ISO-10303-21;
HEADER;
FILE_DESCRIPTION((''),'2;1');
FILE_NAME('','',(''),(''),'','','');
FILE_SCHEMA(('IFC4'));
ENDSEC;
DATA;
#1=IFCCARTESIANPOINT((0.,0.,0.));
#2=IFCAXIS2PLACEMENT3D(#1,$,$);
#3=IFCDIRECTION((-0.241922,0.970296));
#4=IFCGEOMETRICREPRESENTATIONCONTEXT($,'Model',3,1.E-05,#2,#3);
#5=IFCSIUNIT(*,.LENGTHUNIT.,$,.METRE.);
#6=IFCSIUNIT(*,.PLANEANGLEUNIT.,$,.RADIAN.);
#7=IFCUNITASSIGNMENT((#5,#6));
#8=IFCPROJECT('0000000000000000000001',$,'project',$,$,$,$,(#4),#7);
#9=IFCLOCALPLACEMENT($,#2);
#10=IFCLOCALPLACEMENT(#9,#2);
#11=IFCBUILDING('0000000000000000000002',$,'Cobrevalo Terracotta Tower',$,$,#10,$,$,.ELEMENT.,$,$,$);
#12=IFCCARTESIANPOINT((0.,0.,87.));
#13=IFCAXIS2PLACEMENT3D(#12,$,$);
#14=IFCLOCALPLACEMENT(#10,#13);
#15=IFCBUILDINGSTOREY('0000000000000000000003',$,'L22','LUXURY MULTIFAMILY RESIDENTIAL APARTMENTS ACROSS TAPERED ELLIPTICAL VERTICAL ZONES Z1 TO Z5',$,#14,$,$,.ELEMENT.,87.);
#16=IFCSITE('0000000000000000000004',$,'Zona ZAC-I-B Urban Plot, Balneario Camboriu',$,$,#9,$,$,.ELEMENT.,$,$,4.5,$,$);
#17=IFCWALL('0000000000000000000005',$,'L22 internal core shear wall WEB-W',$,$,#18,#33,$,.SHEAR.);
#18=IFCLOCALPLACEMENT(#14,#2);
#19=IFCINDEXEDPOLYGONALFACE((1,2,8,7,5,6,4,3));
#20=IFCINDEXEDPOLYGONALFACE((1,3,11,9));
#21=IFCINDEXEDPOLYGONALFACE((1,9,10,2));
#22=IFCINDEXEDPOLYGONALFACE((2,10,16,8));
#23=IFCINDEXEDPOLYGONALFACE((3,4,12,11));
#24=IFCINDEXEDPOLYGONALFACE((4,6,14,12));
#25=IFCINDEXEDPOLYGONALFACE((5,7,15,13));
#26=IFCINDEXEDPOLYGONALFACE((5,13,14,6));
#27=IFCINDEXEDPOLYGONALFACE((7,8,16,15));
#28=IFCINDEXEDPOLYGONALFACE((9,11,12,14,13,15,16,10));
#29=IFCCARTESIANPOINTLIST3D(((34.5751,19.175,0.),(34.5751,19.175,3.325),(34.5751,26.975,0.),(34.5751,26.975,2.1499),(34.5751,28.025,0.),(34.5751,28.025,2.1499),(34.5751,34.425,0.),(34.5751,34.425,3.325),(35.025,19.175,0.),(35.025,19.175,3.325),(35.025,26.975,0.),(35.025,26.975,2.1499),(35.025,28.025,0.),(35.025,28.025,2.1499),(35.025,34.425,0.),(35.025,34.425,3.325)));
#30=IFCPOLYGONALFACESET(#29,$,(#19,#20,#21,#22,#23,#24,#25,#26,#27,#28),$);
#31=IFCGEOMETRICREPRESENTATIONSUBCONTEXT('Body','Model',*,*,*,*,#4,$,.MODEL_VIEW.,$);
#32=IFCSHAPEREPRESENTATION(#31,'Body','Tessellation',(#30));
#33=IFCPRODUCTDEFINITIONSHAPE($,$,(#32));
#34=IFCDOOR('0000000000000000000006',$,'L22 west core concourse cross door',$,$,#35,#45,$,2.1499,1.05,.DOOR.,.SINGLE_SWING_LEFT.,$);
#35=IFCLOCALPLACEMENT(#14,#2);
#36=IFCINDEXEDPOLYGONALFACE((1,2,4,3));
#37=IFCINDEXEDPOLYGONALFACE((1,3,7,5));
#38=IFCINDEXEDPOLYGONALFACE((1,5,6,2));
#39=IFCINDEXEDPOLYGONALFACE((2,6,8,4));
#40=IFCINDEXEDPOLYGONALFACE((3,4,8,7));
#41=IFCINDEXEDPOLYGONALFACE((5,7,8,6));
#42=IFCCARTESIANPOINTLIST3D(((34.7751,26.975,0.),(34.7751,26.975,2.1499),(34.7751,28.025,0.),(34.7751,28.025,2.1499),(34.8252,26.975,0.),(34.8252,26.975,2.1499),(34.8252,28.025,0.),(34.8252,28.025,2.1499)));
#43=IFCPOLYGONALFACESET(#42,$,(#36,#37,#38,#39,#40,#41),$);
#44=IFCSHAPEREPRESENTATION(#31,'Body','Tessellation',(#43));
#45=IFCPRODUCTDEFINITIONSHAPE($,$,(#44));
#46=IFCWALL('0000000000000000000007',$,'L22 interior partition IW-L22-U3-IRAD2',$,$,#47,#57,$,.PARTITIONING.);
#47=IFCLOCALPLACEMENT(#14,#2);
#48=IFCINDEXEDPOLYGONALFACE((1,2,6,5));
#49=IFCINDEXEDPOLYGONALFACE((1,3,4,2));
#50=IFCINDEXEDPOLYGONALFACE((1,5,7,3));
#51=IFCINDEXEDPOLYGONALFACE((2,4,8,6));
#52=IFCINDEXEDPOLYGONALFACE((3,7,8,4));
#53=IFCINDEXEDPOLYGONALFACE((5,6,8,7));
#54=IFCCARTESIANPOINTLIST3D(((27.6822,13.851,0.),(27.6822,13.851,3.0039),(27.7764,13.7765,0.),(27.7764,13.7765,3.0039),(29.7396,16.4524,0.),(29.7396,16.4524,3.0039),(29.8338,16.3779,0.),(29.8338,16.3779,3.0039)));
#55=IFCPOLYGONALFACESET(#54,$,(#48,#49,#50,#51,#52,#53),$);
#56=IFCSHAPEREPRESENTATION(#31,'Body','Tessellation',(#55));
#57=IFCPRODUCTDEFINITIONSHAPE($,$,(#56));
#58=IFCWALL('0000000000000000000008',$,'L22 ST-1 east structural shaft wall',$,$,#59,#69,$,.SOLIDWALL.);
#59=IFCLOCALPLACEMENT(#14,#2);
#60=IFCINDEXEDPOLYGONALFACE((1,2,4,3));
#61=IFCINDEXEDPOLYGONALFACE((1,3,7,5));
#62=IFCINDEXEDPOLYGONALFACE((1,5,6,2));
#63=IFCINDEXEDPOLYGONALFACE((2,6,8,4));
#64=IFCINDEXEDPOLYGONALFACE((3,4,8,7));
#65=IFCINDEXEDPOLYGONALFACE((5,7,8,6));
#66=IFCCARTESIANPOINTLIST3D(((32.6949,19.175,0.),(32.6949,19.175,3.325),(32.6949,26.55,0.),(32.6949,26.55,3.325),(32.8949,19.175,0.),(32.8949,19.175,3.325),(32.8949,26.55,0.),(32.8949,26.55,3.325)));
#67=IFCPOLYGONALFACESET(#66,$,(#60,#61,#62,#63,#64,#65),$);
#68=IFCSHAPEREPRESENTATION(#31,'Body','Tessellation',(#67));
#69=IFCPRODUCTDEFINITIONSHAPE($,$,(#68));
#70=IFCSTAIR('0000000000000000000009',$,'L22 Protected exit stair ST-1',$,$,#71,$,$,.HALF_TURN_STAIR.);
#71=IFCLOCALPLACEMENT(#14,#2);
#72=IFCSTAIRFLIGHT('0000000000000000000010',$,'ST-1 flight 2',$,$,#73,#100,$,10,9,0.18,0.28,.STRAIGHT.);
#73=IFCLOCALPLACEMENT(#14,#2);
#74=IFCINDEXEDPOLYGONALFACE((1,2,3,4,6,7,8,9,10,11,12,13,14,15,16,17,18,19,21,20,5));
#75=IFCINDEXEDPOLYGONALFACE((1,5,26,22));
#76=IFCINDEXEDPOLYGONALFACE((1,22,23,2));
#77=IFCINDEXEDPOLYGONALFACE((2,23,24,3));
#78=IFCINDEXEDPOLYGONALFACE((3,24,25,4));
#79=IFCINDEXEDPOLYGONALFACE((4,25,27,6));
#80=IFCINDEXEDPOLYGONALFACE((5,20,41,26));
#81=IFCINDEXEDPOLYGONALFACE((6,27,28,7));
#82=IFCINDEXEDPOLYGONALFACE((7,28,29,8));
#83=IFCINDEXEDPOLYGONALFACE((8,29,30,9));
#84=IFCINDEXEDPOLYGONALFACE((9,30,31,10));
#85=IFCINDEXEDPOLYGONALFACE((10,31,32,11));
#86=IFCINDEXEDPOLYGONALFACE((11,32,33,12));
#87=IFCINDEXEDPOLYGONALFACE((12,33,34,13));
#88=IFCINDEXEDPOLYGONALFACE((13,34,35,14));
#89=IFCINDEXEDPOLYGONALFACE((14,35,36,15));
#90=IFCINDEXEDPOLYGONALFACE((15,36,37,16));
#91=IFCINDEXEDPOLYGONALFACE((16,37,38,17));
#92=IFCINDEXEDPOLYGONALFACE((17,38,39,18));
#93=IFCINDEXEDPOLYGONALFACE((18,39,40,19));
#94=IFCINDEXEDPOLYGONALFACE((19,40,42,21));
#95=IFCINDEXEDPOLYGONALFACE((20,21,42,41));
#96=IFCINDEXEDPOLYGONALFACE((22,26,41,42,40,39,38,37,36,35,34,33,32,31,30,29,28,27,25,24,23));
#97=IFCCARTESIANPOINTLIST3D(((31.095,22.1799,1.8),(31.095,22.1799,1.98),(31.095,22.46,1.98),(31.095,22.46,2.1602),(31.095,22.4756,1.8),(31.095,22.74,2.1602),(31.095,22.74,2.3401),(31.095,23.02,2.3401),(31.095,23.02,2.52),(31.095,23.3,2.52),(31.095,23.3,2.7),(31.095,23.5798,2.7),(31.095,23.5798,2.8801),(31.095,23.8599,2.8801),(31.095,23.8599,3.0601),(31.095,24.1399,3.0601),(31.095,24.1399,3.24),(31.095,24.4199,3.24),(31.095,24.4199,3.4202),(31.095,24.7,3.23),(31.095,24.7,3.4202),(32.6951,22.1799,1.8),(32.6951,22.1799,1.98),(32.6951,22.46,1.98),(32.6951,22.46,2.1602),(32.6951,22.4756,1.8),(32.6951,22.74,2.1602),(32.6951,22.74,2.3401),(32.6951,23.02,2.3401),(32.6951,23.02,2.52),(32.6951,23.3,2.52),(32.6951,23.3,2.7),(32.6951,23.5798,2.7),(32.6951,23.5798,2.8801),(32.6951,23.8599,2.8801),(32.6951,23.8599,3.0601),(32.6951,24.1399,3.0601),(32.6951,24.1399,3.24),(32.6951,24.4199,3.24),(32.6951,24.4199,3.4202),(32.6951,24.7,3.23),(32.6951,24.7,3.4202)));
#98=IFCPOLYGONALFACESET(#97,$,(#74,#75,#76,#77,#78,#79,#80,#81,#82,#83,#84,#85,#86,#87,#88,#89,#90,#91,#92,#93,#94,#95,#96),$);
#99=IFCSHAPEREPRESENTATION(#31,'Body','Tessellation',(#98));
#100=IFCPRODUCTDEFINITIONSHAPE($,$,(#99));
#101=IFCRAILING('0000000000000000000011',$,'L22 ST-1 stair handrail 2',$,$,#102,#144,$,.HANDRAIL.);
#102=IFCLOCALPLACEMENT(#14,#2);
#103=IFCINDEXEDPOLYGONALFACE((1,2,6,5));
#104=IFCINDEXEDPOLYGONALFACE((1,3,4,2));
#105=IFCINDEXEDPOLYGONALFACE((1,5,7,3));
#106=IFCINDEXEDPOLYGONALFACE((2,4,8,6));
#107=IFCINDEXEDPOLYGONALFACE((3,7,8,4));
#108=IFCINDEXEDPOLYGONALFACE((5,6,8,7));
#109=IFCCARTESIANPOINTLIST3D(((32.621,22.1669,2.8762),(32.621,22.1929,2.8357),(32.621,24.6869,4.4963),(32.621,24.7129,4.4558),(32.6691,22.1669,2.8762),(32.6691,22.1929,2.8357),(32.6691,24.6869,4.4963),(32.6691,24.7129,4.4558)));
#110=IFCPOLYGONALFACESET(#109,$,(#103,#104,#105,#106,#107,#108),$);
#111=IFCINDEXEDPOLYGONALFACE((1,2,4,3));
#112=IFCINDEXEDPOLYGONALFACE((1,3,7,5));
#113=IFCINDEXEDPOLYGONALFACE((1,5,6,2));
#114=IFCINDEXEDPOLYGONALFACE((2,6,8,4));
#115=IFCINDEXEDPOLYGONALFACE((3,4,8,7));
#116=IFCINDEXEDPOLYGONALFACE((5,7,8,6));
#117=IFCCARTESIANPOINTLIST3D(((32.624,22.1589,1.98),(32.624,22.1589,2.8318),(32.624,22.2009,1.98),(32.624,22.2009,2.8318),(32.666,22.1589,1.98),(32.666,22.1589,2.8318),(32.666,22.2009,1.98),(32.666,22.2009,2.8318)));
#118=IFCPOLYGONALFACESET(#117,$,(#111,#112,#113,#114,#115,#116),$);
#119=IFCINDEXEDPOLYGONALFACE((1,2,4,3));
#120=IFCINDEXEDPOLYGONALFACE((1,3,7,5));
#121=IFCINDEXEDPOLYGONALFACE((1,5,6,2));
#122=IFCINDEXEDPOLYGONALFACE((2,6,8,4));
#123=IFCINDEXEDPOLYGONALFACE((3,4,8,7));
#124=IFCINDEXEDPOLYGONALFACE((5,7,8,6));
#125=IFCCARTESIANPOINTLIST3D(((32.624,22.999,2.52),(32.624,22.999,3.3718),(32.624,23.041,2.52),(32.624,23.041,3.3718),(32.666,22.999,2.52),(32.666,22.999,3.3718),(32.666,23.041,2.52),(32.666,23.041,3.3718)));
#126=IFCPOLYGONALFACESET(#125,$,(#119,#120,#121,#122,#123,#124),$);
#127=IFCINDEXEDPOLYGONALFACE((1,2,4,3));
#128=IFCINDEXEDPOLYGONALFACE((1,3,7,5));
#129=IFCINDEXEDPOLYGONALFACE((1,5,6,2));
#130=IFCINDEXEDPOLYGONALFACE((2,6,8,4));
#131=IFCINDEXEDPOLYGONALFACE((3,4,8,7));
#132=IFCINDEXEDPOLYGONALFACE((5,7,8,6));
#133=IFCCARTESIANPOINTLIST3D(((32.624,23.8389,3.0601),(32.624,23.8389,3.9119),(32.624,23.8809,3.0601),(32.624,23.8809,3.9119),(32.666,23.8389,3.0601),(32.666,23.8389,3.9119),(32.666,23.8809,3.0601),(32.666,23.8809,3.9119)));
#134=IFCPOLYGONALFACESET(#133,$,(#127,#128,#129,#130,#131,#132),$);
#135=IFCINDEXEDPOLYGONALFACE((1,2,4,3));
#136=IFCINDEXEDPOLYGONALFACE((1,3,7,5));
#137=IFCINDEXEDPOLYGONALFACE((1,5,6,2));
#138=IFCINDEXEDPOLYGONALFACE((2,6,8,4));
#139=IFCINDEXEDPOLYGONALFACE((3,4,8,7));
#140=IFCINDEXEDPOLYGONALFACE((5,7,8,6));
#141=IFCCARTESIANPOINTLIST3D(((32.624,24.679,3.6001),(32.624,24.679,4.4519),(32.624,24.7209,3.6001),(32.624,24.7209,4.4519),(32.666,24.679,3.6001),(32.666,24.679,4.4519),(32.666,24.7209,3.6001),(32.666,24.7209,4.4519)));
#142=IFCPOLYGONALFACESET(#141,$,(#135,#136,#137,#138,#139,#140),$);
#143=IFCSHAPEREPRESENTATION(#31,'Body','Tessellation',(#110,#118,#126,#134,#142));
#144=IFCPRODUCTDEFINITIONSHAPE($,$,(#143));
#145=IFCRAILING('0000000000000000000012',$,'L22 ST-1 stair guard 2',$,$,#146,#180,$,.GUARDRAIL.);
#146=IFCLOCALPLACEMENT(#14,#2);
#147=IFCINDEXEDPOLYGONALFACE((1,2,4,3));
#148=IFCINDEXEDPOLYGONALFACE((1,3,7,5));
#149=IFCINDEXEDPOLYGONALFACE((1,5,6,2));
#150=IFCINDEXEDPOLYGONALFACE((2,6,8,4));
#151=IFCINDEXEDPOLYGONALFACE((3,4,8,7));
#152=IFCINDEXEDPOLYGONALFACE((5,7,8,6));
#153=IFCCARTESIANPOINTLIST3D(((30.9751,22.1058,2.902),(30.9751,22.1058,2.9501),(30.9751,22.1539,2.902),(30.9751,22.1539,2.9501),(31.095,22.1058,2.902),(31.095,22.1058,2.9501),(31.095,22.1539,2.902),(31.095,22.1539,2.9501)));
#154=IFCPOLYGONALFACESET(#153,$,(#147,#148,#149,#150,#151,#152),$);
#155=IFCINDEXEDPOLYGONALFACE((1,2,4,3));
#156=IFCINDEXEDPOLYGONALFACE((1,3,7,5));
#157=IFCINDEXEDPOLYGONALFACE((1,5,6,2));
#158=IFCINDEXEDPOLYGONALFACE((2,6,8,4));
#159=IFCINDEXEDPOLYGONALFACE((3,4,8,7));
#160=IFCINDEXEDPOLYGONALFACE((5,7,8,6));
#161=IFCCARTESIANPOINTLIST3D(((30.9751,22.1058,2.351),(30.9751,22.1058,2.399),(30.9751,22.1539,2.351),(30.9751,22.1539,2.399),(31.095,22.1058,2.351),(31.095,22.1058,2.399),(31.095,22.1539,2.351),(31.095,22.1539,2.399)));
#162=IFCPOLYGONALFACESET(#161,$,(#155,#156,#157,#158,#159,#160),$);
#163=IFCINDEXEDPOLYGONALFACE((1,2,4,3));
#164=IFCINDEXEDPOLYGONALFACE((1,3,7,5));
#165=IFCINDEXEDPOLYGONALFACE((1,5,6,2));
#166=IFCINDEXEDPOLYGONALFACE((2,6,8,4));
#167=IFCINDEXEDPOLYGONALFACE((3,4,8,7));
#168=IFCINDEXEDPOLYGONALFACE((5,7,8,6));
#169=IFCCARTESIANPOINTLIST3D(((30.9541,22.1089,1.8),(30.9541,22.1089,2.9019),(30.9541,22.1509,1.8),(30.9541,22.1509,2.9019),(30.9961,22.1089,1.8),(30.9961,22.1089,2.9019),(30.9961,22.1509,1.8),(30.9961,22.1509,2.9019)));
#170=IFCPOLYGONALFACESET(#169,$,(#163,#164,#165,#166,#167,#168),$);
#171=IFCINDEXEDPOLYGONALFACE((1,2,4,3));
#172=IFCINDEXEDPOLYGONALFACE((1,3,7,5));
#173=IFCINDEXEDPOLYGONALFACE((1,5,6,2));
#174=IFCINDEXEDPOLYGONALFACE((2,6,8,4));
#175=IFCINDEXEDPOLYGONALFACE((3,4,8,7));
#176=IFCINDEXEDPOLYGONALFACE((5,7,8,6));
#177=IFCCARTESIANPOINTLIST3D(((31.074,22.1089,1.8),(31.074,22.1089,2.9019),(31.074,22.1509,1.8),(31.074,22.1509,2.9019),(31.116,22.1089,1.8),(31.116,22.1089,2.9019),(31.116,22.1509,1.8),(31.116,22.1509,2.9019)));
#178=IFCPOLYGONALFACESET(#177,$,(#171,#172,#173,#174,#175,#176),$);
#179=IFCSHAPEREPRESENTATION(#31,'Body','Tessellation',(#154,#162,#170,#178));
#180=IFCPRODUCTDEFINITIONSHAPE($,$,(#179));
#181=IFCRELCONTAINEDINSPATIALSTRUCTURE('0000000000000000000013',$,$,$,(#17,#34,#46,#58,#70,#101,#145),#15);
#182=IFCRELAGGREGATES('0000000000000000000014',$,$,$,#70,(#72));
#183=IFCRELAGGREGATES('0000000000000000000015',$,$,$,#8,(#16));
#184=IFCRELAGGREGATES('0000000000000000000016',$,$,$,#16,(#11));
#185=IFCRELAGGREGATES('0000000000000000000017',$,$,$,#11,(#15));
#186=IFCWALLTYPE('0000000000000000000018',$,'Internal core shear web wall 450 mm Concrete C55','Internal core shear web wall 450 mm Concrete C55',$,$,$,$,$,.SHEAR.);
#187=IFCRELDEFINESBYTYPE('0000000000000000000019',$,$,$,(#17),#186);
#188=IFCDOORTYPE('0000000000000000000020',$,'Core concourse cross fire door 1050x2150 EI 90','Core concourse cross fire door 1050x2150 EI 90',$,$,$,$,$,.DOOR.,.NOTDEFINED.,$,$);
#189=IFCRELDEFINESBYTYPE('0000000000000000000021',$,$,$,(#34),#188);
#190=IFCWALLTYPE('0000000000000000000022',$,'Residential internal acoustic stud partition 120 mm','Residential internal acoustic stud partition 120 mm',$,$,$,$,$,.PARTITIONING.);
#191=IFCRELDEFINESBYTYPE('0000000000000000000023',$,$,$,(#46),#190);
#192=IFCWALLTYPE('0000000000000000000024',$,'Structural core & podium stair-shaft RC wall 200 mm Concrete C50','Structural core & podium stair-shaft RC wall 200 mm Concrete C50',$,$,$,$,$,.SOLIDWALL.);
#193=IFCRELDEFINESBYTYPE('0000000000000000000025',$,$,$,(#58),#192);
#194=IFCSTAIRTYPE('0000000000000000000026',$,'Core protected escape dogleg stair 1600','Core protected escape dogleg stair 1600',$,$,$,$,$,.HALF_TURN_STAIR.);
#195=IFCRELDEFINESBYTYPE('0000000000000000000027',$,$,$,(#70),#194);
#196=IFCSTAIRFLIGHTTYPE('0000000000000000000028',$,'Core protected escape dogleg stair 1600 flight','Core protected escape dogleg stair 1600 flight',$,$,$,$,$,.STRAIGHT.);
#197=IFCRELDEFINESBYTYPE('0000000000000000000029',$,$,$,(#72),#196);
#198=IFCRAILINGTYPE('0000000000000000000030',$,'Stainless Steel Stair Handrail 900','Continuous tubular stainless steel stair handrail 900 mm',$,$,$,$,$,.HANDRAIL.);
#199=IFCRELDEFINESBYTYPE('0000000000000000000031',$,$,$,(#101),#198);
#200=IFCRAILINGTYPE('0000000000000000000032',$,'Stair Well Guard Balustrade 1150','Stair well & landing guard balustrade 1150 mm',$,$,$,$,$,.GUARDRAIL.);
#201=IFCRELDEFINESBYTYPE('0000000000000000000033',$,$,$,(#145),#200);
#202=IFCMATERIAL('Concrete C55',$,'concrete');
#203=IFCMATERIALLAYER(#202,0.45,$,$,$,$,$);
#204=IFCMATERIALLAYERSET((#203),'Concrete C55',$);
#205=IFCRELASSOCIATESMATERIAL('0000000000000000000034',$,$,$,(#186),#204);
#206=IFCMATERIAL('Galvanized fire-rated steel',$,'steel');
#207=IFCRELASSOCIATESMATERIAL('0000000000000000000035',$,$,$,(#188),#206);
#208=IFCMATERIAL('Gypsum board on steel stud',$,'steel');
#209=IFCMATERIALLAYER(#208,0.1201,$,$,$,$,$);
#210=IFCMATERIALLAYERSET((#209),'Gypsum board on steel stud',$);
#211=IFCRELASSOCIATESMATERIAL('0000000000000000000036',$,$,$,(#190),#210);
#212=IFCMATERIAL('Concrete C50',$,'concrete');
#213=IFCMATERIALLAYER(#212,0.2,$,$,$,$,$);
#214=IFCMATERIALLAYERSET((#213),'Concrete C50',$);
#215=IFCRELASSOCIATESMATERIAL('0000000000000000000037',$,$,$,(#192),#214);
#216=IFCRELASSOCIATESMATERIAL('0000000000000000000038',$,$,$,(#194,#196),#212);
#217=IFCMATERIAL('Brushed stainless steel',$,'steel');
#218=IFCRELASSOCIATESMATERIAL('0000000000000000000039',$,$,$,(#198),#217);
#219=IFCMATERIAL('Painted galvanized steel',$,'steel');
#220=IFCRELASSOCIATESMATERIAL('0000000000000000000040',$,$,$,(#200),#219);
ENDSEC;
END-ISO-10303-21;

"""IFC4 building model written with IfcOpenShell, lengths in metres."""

from ifc_helpers import new_model, si_unit, direction, frame, frame_2d, origin, origin_2d, place, context, subcontext, project, spatial, polyline, rectangle, outline, extrude, source, transform, mapped, material, layer, layer_set, type_object, element, fill, aggregate, save


model = new_model("IFC4")

# Units and contexts
model_context = context("Model", 3, precision=1e-05, world=origin(), true_north=direction((-0.241922, 0.970296)))
body_context = subcontext(model_context, "Body", "Model", "MODEL_VIEW")
ifc_project = project(units=[si_unit("LENGTHUNIT", "METRE"), si_unit("PLANEANGLEUNIT", "RADIAN")], contexts=[model_context])

# Site, building, storey
site_placement = place(None, origin())
site = spatial("IfcSite", under=ifc_project, at=site_placement, Name="Zona ZAC-I-B Urban Plot, Balneario Camboriu", CompositionType="ELEMENT", RefElevation=4.5)
building_placement = place(site_placement, origin())
building = spatial("IfcBuilding", under=site, at=building_placement, Name="Cobrevalo Terracotta Tower", CompositionType="ELEMENT")
storey_placement = place(building_placement, frame((0.0, 0.0, 87.0)))
storey = spatial("IfcBuildingStorey", under=building, at=storey_placement, Name="L22", Description="LUXURY MULTIFAMILY RESIDENTIAL APARTMENTS ACROSS TAPERED ELLIPTICAL VERTICAL ZONES Z1 TO Z5", CompositionType="ELEMENT", Elevation=87.0)

# Shared definitions
ifc_material_1 = material(Name="Concrete C55", Category="concrete")

# Shared definitions
ifc_material_2 = material(Name="Galvanized fire-rated steel", Category="steel")

# Shared definitions
ifc_material_3 = material(Name="Gypsum board on steel stud", Category="steel")

# Wall, opening, door
ifc_layer_1 = layer(ifc_material_1, 0.45)
ifc_layer_set_1 = layer_set([ifc_layer_1], Name="Concrete C55")
wall_type_1 = type_object("IfcWallType", Name="Internal core shear web wall 450 mm Concrete C55", Description="Internal core shear web wall 450 mm Concrete C55", PredefinedType="SHEAR", material=ifc_layer_set_1)
wall_1_placement = place(storey_placement, frame((34.8, 19.175, 0.0), z_axis=(0.0, 0.0, 1.0), x_axis=(0.0, 1.0, 0.0)))
wall_1 = element("IfcWall", 1, at=wall_1_placement, inside=storey, type_object=wall_type_1, Name="L22 internal core shear wall WEB-W", PredefinedType="SHEAR", context=body_context, shape_type="SweptSolid", body=[
    extrude(rectangle(XDim=15.25, YDim=0.45, at=frame_2d((7.625, 0.0))), origin(), (0.0, 0.0, 1.0), 3.325),
])
opening_1_placement = place(wall_1_placement, frame((7.8, 0.0, 0.0)))
opening_1 = element("IfcOpeningElement", 2, at=opening_1_placement, cuts=wall_1, PredefinedType="OPENING", context=body_context, shape_type="SweptSolid", body=[
    extrude(rectangle(XDim=1.05, YDim=2.1499, at=frame_2d((0.5249, 1.075))), frame((0.0, 0.2349, 0.0), z_axis=(0.0, -1.0, 0.0), x_axis=(1.0, 0.0, 0.0)), (0.0, 0.0, 1.0), 0.47),
])
door_type_1 = type_object("IfcDoorType", Name="Core concourse cross fire door 1050x2150 EI 90", Description="Core concourse cross fire door 1050x2150 EI 90", OperationType="NOTDEFINED", PredefinedType="DOOR", material=ifc_material_2)
shared_shape_1 = source(origin(), body_context, "Body", "SweptSolid", [
    extrude(rectangle(XDim=1.05, YDim=2.1499, at=frame_2d((0.5249, 1.075))), frame((0.0, 0.0249, 0.0), z_axis=(0.0, -1.0, 0.0), x_axis=(1.0, 0.0, 0.0)), (0.0, 0.0, 1.0), 0.05),
])
door_1_placement = place(opening_1_placement, origin())
door_1 = element("IfcDoor", 3, at=door_1_placement, inside=storey, type_object=door_type_1, Name="L22 west core concourse cross door", OperationType="SINGLE_SWING_LEFT", OverallHeight=2.1499, OverallWidth=1.05, PredefinedType="DOOR", context=body_context, shape_type="MappedRepresentation", body=[
    mapped(shared_shape_1, transform((0.0, 0.0, 0.0), scale=1.0)),
])
fill(opening_1, door_1)
ifc_layer_2 = layer(ifc_material_3, 0.1201)
ifc_layer_set_2 = layer_set([ifc_layer_2], Name="Gypsum board on steel stud")
wall_type_2 = type_object("IfcWallType", Name="Residential internal acoustic stud partition 120 mm", Description="Residential internal acoustic stud partition 120 mm", PredefinedType="PARTITIONING", material=ifc_layer_set_2)

# Wall
wall_2_placement = place(storey_placement, frame((29.7866, 16.415, 0.0), z_axis=(0.0, 0.0, 1.0), x_axis=(-0.620331, -0.78434, 0.0)))
element("IfcWall", 4, at=wall_2_placement, inside=storey, type_object=wall_type_2, Name="L22 interior partition IW-L22-U3-IRAD2", PredefinedType="PARTITIONING", context=body_context, shape_type="SweptSolid", body=[
    extrude(rectangle(XDim=3.3167, YDim=0.1201, at=frame_2d((1.6582, 0.0))), origin(), (0.0, 0.0, 1.0), 3.0039),
])

# Wall
ifc_material_4 = material(Name="Concrete C50", Category="concrete")
ifc_layer_3 = layer(ifc_material_4, 0.2)
ifc_layer_set_3 = layer_set([ifc_layer_3], Name="Concrete C50")
wall_type_3 = type_object("IfcWallType", Name="Structural core & podium stair-shaft RC wall 200 mm Concrete C50", Description="Structural core & podium stair-shaft RC wall 200 mm Concrete C50", PredefinedType="SOLIDWALL", material=ifc_layer_set_3)
wall_3_placement = place(storey_placement, frame((32.7949, 19.175, 0.0), z_axis=(0.0, 0.0, 1.0), x_axis=(0.0, 1.0, 0.0)))
element("IfcWall", 5, at=wall_3_placement, inside=storey, type_object=wall_type_3, Name="L22 ST-1 east structural shaft wall", PredefinedType="SOLIDWALL", context=body_context, shape_type="SweptSolid", body=[
    extrude(rectangle(XDim=7.375, YDim=0.2, at=frame_2d((3.6875, 0.0))), origin(), (0.0, 0.0, 1.0), 3.325),
])

# Stair, stair flight
stair_type = type_object("IfcStairType", Name="Core protected escape dogleg stair 1600", Description="Core protected escape dogleg stair 1600", PredefinedType="HALF_TURN_STAIR", material=ifc_material_4)
stair_placement = place(storey_placement, origin())
stair = element("IfcStair", 6, at=stair_placement, inside=storey, type_object=stair_type, Name="L22 Protected exit stair ST-1", PredefinedType="HALF_TURN_STAIR")
stair_flight_type = type_object("IfcStairFlightType", Name="Core protected escape dogleg stair 1600 flight", Description="Core protected escape dogleg stair 1600 flight", PredefinedType="STRAIGHT", material=ifc_material_4)
stair_flight_placement = place(storey_placement, frame((31.895, 22.1799, 1.8), z_axis=(0.0, 0.0, 1.0), x_axis=(0.0, 1.0, 0.0)))
stair_flight = element("IfcStairFlight", 7, at=stair_flight_placement, type_object=stair_flight_type, Name="ST-1 flight 2", NumberOfRisers=10, NumberOfTreads=9, PredefinedType="STRAIGHT", RiserHeight=0.18, TreadLength=0.28, context=body_context, shape_type="SweptSolid", body=[
    extrude(outline(polyline([(0.0, 0.0), (0.0, 0.1799), (0.28, 0.1799), (0.28, 0.3601), (0.5601, 0.3601), (0.5601, 0.54), (0.8401, 0.54), (0.8401, 0.72), (1.1201, 0.72), (1.1201, 0.8999), (1.3999, 0.8999), (1.3999, 1.0801), (1.6799, 1.0801), (1.6799, 1.26), (1.96, 1.26), (1.96, 1.4399), (2.24, 1.4399), (2.24, 1.6201), (2.52, 1.6201), (2.52, 1.8), (2.52, 1.4299), (0.2957, 0.0), (0.0, 0.0)])), frame((0.0, 0.8, 0.0), z_axis=(0.0, -1.0, 0.0), x_axis=(1.0, 0.0, 0.0)), (0.0, 0.0, 1.0), 1.6001),
])
aggregate(stair, [stair_flight])

# Railings
ifc_material_5 = material(Name="Brushed stainless steel", Category="steel")
railing_type_1 = type_object("IfcRailingType", Name="Stainless Steel Stair Handrail 900", Description="Continuous tubular stainless steel stair handrail 900 mm", PredefinedType="HANDRAIL", material=ifc_material_5)
railing_1_placement = place(storey_placement, frame((32.645, 22.1799, 1.98)))
element("IfcRailing", 8, at=railing_1_placement, inside=storey, type_object=railing_type_1, Name="L22 ST-1 stair handrail 2", PredefinedType="HANDRAIL", context=body_context, shape_type="SweptSolid", body=[
    extrude(rectangle(XDim=0.0481, YDim=0.0481, at=origin_2d()), frame((0.0, 0.0, 0.876), z_axis=(0.0, 0.841163, 0.540782), x_axis=(-1.0, 0.0, 0.0)), (0.0, 0.0, 1.0), 2.9958),
    extrude(rectangle(XDim=0.042, YDim=0.042, at=origin_2d()), origin(), (0.0, 0.0, 1.0), 0.8518),
    extrude(rectangle(XDim=0.042, YDim=0.042, at=origin_2d()), frame((0.0, 0.8401, 0.54)), (0.0, 0.0, 1.0), 0.8518),
    extrude(rectangle(XDim=0.042, YDim=0.042, at=origin_2d()), frame((0.0, 1.6799, 1.0801)), (0.0, 0.0, 1.0), 0.8518),
    extrude(rectangle(XDim=0.042, YDim=0.042, at=origin_2d()), frame((0.0, 2.52, 1.6201)), (0.0, 0.0, 1.0), 0.8518),
])
ifc_material_6 = material(Name="Painted galvanized steel", Category="steel")
railing_type_2 = type_object("IfcRailingType", Name="Stair Well Guard Balustrade 1150", Description="Stair well & landing guard balustrade 1150 mm", PredefinedType="GUARDRAIL", material=ifc_material_6)
railing_2_placement = place(storey_placement, frame((30.9751, 22.1299, 1.8)))
element("IfcRailing", 9, at=railing_2_placement, inside=storey, type_object=railing_type_2, Name="L22 ST-1 stair guard 2", PredefinedType="GUARDRAIL", context=body_context, shape_type="SweptSolid", body=[
    extrude(rectangle(XDim=0.0481, YDim=0.0481, at=origin_2d()), frame((0.0, 0.0, 1.126), z_axis=(1.0, 0.0, 0.0), x_axis=(0.0, 1.0, 0.0)), (0.0, 0.0, 1.0), 0.1199),
    extrude(rectangle(XDim=0.0481, YDim=0.0481, at=origin_2d()), frame((0.0, 0.0, 0.575), z_axis=(1.0, 0.0, 0.0), x_axis=(0.0, 1.0, 0.0)), (0.0, 0.0, 1.0), 0.1199),
    extrude(rectangle(XDim=0.042, YDim=0.042, at=origin_2d()), origin(), (0.0, 0.0, 1.0), 1.1018),
    extrude(rectangle(XDim=0.042, YDim=0.042, at=origin_2d()), frame((0.1199, 0.0, 0.0)), (0.0, 0.0, 1.0), 1.1018),
])

save(model, "model.ifc")
